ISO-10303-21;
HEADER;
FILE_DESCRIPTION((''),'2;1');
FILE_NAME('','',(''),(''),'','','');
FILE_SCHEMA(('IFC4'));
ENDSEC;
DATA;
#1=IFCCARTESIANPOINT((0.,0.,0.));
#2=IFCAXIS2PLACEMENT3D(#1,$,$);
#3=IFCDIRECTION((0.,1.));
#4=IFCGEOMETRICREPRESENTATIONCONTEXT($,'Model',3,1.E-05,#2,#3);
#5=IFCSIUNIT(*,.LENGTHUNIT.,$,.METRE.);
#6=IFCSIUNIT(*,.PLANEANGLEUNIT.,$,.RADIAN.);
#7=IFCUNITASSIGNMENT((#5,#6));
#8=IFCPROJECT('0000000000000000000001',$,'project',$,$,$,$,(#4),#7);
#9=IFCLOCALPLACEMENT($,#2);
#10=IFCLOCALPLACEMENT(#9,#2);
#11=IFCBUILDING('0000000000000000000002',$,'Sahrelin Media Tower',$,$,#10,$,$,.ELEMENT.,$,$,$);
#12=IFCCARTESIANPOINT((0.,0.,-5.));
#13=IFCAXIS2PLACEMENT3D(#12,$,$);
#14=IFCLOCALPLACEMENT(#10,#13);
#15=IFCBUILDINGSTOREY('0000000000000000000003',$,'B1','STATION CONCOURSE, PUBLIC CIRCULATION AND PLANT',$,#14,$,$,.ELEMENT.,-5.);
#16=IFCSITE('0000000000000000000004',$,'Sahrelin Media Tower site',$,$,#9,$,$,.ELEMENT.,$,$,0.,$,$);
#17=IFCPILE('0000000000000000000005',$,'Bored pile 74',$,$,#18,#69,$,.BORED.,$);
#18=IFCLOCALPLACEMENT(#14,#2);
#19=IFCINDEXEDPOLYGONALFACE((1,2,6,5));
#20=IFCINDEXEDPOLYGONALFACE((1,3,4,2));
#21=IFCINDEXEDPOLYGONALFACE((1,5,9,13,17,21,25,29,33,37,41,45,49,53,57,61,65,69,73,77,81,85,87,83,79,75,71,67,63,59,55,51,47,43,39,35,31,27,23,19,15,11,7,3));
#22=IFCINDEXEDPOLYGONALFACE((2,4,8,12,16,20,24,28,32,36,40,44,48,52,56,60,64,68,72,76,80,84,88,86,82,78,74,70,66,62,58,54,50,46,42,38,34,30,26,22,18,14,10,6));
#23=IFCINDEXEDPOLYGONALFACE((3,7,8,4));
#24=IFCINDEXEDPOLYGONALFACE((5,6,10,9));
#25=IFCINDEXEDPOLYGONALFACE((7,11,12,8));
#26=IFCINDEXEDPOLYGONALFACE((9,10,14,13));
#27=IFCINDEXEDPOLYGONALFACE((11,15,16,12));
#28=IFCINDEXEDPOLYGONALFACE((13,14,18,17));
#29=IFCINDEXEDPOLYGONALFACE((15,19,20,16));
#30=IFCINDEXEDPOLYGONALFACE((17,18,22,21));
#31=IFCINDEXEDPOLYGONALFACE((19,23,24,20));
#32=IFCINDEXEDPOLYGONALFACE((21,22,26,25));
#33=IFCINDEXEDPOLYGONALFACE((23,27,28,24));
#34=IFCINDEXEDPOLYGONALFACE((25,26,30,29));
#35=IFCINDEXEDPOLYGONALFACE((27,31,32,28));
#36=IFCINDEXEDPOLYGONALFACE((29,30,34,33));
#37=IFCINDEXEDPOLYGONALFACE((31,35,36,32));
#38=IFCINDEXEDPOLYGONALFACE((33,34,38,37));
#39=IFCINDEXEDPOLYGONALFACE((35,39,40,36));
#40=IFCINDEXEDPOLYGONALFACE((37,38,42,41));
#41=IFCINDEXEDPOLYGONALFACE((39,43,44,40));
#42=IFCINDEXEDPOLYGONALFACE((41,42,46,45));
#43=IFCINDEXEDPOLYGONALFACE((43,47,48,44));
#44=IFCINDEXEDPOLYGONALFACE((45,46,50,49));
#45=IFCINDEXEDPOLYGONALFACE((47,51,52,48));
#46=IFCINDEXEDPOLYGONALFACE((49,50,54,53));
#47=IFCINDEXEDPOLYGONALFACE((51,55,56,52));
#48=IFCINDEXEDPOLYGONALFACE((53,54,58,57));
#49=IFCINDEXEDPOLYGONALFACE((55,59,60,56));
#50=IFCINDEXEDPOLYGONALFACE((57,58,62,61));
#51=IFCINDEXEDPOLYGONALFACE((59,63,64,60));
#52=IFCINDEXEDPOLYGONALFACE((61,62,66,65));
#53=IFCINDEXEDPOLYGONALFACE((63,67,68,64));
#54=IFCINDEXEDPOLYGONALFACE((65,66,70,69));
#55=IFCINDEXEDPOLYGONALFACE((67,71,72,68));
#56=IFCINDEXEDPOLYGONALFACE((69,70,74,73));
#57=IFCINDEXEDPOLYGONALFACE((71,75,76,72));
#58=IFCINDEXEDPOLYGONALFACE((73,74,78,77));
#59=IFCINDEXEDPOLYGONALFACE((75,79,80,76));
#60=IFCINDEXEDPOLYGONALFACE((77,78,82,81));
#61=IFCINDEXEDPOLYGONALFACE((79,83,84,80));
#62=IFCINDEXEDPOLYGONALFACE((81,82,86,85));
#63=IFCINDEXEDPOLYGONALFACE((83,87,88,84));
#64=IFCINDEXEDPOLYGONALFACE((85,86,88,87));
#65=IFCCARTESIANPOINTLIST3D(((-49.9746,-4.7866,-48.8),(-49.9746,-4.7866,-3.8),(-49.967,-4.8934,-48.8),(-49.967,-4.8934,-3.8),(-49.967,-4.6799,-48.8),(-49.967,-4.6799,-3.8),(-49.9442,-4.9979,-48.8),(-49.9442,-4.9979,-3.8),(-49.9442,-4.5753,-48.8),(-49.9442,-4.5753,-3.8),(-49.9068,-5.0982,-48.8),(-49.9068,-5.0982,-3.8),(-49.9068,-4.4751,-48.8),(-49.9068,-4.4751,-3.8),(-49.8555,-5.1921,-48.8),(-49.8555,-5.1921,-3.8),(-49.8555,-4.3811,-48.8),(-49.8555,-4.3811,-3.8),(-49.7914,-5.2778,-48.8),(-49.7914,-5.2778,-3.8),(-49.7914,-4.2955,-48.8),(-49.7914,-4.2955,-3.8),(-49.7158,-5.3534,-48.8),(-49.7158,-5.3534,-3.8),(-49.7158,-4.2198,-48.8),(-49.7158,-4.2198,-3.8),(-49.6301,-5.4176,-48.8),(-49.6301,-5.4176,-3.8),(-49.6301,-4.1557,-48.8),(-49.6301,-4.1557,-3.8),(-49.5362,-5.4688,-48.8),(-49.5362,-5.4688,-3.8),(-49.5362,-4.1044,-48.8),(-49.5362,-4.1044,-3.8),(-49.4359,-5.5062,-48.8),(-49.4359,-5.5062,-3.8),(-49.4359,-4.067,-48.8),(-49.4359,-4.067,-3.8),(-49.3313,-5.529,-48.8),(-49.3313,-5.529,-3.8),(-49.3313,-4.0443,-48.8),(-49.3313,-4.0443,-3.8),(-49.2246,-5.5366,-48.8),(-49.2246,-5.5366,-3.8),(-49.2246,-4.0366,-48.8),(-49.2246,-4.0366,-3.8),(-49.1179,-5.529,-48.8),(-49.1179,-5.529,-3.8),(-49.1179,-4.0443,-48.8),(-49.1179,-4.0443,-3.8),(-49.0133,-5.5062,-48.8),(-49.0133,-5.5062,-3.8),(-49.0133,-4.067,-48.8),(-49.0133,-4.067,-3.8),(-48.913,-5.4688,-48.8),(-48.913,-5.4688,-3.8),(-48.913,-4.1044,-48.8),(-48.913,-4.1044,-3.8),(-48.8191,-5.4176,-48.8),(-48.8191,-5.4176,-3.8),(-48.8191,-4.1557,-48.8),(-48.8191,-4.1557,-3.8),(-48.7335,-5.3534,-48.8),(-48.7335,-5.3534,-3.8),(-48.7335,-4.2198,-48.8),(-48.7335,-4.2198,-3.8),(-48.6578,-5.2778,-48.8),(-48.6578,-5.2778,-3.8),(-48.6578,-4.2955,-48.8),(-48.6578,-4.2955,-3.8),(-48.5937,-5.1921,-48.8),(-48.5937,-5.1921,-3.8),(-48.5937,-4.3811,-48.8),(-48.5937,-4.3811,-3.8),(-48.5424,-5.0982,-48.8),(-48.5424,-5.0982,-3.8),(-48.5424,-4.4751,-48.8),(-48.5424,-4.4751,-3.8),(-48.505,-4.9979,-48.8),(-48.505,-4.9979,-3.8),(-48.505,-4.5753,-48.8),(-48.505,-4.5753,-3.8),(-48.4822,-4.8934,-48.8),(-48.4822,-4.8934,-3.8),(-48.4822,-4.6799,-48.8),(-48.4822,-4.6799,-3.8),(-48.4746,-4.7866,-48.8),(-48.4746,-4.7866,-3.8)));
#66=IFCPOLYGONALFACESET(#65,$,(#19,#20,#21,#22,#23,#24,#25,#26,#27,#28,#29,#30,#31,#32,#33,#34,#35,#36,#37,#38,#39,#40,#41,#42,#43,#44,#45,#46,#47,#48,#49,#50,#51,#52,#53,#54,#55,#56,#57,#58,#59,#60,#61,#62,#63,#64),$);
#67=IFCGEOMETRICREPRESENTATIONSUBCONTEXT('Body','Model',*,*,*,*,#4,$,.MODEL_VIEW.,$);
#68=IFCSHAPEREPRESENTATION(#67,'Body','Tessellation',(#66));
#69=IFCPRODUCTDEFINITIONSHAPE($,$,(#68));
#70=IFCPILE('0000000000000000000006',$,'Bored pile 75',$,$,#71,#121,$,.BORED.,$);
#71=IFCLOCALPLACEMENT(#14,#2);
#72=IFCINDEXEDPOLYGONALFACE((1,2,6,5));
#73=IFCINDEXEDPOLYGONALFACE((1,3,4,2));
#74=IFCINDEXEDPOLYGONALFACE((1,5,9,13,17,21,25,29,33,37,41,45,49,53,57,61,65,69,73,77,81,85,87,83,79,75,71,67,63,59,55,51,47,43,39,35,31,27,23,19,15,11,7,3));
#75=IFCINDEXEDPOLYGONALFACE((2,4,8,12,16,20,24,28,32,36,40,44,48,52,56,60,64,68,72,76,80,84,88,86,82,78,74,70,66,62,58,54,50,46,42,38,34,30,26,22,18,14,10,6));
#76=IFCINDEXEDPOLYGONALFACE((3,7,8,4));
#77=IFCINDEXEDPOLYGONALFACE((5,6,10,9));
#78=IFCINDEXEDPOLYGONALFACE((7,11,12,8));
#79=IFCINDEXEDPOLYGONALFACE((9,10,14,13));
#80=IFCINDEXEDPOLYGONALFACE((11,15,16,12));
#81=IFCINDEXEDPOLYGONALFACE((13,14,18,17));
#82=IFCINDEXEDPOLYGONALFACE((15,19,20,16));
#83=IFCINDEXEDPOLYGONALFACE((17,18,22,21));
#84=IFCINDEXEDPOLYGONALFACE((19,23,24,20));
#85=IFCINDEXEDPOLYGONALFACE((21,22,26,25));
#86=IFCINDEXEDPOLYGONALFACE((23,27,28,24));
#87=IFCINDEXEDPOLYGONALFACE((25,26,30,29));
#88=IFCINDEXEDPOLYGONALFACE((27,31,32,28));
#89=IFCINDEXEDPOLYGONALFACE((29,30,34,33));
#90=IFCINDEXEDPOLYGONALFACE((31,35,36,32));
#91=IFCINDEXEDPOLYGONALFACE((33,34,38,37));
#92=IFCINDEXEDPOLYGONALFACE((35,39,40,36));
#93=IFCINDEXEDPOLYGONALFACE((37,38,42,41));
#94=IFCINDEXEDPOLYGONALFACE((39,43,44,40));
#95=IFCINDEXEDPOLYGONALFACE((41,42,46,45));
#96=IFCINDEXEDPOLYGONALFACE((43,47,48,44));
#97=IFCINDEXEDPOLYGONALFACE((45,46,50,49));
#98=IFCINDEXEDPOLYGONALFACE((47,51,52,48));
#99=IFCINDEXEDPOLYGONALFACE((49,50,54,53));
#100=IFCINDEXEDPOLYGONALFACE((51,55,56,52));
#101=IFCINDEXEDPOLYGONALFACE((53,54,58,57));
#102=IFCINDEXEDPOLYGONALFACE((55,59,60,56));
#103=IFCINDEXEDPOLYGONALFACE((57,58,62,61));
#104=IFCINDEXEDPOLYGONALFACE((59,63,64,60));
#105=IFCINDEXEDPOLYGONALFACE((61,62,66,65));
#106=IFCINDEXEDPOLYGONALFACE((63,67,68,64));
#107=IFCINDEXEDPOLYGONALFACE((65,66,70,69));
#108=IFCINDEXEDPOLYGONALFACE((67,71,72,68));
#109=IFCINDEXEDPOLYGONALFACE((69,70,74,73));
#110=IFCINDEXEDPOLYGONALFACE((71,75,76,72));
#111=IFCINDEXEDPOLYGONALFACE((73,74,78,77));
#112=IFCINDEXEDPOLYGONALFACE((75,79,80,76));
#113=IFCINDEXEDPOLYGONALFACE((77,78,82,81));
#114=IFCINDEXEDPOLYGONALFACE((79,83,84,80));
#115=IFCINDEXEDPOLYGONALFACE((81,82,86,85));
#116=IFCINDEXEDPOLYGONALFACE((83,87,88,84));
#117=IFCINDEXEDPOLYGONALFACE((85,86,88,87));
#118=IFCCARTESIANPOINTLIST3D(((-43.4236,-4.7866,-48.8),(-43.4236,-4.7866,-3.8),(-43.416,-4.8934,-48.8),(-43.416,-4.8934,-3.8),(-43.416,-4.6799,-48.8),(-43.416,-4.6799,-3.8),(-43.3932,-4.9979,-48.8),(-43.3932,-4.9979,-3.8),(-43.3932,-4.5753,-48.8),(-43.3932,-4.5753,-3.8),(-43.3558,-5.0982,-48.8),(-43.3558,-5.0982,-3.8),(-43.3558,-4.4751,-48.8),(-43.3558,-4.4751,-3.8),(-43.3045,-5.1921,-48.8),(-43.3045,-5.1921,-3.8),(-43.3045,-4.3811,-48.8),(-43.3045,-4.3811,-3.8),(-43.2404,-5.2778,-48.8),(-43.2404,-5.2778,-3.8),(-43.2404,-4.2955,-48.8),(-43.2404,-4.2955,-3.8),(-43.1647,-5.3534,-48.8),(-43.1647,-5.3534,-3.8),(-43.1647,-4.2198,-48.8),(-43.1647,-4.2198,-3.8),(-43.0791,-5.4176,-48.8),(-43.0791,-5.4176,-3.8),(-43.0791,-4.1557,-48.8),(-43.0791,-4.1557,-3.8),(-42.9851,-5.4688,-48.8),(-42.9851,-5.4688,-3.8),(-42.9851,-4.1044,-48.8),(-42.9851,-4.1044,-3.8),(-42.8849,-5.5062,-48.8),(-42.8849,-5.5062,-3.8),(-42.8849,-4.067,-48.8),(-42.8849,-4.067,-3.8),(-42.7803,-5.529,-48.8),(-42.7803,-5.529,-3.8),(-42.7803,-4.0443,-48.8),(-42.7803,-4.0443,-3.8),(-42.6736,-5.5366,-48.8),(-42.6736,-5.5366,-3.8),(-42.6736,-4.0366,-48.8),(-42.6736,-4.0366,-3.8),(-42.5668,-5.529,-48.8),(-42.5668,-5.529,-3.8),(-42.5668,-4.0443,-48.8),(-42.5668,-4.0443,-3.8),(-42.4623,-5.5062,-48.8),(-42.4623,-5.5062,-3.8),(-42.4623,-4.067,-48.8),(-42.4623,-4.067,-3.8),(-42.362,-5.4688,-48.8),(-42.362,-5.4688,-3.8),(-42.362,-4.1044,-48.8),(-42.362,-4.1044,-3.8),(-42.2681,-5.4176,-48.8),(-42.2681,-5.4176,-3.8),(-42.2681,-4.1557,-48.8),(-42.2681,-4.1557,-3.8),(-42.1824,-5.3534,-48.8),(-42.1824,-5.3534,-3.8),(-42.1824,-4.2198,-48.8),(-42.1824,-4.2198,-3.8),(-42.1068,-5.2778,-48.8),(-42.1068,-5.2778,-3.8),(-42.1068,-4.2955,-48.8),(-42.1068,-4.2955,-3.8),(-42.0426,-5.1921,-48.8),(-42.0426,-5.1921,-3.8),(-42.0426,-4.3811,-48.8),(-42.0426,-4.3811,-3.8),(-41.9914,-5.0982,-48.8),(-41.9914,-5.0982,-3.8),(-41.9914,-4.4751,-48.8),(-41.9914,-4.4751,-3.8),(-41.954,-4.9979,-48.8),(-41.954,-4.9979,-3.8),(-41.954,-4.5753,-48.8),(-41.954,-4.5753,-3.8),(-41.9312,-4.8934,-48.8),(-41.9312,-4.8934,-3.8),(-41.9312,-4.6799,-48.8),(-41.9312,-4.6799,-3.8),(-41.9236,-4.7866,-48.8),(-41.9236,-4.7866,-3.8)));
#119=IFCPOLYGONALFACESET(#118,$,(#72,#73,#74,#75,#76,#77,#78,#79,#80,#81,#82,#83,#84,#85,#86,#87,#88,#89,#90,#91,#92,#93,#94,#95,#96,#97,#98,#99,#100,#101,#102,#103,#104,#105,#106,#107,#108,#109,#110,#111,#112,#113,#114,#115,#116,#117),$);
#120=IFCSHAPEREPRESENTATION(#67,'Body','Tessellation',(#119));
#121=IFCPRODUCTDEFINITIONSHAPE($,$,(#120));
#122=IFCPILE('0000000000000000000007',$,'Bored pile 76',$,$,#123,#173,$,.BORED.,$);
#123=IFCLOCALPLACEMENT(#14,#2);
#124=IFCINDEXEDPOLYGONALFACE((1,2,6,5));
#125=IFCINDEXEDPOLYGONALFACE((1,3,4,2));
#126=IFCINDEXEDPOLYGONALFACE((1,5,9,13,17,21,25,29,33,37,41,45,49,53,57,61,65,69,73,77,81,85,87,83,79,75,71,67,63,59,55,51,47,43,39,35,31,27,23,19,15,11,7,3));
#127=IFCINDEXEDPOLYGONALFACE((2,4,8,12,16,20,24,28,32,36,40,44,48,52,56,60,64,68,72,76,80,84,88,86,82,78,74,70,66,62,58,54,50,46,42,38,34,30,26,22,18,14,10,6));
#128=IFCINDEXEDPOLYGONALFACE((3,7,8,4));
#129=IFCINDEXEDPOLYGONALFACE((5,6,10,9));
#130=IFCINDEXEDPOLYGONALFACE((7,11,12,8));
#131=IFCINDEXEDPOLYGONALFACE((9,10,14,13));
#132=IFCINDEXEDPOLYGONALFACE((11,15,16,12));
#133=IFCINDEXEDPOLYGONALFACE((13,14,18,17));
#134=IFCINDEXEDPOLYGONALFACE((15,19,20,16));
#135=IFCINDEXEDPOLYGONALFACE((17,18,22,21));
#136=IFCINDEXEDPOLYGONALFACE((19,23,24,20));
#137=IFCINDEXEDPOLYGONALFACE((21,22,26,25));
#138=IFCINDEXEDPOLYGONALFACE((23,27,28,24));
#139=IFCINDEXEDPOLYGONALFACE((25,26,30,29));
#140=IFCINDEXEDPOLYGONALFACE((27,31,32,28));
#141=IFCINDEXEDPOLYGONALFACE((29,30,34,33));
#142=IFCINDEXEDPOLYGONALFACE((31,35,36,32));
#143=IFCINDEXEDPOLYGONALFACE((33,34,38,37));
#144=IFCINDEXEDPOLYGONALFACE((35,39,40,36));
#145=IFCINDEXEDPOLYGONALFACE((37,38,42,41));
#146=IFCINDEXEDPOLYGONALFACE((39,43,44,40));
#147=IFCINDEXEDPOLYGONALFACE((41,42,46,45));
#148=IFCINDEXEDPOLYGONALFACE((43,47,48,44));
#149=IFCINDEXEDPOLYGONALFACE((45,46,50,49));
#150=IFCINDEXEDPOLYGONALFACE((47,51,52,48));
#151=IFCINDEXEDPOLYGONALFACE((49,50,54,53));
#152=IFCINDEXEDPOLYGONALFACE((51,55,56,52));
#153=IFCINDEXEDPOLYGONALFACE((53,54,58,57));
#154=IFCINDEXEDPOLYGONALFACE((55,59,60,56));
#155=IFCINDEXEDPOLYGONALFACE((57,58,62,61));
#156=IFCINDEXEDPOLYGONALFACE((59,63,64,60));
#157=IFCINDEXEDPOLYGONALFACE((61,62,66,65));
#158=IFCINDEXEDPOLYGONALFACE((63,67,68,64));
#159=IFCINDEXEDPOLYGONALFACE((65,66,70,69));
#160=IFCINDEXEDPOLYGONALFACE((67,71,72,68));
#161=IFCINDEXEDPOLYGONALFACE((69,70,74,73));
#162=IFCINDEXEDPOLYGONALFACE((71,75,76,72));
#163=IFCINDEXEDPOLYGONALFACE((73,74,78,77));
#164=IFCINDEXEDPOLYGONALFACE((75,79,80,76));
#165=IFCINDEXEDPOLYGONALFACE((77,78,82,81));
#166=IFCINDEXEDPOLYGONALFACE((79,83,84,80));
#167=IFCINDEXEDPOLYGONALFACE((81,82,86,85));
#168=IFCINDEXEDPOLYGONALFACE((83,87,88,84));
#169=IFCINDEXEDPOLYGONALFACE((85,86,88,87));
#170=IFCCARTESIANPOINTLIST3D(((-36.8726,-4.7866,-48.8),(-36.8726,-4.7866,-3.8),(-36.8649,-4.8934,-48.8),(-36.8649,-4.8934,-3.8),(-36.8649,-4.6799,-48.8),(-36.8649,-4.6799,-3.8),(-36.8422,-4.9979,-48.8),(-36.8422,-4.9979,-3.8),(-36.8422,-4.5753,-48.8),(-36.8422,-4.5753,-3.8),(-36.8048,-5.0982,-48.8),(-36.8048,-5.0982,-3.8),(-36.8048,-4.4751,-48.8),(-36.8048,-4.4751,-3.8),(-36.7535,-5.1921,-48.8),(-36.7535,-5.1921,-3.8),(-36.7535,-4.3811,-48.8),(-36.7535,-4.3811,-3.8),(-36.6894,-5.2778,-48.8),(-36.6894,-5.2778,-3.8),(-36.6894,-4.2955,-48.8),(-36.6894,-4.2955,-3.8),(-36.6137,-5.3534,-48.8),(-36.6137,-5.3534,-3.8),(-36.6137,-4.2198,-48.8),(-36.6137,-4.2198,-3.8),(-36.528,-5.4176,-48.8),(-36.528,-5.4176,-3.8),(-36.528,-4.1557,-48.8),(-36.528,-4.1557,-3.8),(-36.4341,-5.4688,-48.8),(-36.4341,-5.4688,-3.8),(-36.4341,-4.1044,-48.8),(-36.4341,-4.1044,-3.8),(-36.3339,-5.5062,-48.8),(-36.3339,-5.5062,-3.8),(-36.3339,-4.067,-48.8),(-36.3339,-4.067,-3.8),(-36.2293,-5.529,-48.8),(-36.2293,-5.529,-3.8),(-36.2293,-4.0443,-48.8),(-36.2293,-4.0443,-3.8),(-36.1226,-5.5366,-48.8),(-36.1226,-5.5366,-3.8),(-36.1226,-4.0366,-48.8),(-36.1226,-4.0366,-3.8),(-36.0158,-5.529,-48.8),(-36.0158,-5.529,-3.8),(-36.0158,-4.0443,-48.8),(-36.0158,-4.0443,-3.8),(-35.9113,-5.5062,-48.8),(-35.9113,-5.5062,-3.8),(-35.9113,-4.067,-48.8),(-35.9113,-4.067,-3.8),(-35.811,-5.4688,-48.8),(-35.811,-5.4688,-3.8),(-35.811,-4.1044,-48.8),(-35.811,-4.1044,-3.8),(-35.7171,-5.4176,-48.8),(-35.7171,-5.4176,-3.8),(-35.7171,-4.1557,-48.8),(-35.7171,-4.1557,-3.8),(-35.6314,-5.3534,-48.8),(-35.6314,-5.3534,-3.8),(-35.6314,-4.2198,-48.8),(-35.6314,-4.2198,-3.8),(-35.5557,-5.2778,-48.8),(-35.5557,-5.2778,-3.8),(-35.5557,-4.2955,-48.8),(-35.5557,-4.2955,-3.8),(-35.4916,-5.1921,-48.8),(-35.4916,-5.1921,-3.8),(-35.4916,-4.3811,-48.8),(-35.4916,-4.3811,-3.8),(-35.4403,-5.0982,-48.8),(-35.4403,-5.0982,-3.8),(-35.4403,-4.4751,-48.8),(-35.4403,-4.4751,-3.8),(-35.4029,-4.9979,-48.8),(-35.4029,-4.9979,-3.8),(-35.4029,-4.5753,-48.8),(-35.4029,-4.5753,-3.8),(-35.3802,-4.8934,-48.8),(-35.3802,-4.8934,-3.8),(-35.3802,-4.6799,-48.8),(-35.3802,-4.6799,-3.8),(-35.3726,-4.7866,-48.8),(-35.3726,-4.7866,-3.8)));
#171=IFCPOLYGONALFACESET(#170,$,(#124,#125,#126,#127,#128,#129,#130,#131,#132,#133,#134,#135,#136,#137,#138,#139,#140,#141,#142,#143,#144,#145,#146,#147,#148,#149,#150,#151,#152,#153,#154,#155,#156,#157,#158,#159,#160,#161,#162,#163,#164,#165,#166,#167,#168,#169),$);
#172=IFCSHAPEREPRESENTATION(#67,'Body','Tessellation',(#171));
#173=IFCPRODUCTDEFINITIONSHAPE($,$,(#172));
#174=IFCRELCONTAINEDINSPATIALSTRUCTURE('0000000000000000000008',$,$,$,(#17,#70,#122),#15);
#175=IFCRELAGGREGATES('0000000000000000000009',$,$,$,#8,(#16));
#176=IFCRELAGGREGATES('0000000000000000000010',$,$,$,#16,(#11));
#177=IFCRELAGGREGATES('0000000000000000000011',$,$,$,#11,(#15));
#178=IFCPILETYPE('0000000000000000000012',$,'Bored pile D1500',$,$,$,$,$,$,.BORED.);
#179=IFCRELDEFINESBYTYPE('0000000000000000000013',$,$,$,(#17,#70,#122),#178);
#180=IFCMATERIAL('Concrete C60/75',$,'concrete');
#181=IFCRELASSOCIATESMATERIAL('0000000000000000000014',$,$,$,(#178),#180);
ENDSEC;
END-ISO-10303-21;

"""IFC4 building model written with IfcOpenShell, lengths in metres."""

from ifc_helpers import new_model, si_unit, direction, frame, origin, origin_2d, place, context, subcontext, project, spatial, circle, extrude, material, material_profile, profile_set, type_object, element, save


model = new_model("IFC4")

# Units and contexts
model_context = context("Model", 3, precision=1e-05, world=origin(), true_north=direction((0.0, 1.0)))
body_context = subcontext(model_context, "Body", "Model", "MODEL_VIEW")
ifc_project = project(units=[si_unit("LENGTHUNIT", "METRE"), si_unit("PLANEANGLEUNIT", "RADIAN")], contexts=[model_context])

# Site, building, storey
site_placement = place(None, origin())
site = spatial("IfcSite", under=ifc_project, at=site_placement, Name="Sahrelin Media Tower site", CompositionType="ELEMENT", RefElevation=0.0)
building_placement = place(site_placement, origin())
building = spatial("IfcBuilding", under=site, at=building_placement, Name="Sahrelin Media Tower", CompositionType="ELEMENT")
storey_placement = place(building_placement, frame((0.0, 0.0, -5.0)))
storey = spatial("IfcBuildingStorey", under=building, at=storey_placement, Name="B1", Description="STATION CONCOURSE, PUBLIC CIRCULATION AND PLANT", CompositionType="ELEMENT", Elevation=-5.0)

# Piles
ifc_material_1 = material(Name="Concrete C60/75", Category="concrete")
ifc_material_profile_1 = material_profile(ifc_material_1, circle(Radius=0.75, at=origin_2d()), Name="Bored pile D1500")
ifc_profile_set_1 = profile_set([ifc_material_profile_1], Name="Concrete C60/75")
pile_type = type_object("IfcPileType", Name="Bored pile D1500", PredefinedType="BORED", material=ifc_profile_set_1)
for number, where, z_axis, x_axis, name in (
    (1, (-49.2246, -4.7866, -3.8), (0.0, 0.0, -1.0), (1.0, 0.0, 0.0), "Bored pile 74"),
    (2, (-42.6736, -4.7866, -3.8), (0.0, 0.0, -1.0), (1.0, 0.0, 0.0), "Bored pile 75"),
    (3, (-36.1226, -4.7866, -3.8), (0.0, 0.0, -1.0), (1.0, 0.0, 0.0), "Bored pile 76"),
):
    element("IfcPile", number, at=place(storey_placement, frame(where, z_axis=z_axis, x_axis=x_axis)), inside=storey, type_object=pile_type, Name=name, PredefinedType="BORED", context=body_context, shape_type="SweptSolid", body=[
        extrude(circle(Radius=0.75, at=origin_2d()), origin(), (0.0, 0.0, 1.0), 45.0),
    ])

save(model, "model.ifc")
